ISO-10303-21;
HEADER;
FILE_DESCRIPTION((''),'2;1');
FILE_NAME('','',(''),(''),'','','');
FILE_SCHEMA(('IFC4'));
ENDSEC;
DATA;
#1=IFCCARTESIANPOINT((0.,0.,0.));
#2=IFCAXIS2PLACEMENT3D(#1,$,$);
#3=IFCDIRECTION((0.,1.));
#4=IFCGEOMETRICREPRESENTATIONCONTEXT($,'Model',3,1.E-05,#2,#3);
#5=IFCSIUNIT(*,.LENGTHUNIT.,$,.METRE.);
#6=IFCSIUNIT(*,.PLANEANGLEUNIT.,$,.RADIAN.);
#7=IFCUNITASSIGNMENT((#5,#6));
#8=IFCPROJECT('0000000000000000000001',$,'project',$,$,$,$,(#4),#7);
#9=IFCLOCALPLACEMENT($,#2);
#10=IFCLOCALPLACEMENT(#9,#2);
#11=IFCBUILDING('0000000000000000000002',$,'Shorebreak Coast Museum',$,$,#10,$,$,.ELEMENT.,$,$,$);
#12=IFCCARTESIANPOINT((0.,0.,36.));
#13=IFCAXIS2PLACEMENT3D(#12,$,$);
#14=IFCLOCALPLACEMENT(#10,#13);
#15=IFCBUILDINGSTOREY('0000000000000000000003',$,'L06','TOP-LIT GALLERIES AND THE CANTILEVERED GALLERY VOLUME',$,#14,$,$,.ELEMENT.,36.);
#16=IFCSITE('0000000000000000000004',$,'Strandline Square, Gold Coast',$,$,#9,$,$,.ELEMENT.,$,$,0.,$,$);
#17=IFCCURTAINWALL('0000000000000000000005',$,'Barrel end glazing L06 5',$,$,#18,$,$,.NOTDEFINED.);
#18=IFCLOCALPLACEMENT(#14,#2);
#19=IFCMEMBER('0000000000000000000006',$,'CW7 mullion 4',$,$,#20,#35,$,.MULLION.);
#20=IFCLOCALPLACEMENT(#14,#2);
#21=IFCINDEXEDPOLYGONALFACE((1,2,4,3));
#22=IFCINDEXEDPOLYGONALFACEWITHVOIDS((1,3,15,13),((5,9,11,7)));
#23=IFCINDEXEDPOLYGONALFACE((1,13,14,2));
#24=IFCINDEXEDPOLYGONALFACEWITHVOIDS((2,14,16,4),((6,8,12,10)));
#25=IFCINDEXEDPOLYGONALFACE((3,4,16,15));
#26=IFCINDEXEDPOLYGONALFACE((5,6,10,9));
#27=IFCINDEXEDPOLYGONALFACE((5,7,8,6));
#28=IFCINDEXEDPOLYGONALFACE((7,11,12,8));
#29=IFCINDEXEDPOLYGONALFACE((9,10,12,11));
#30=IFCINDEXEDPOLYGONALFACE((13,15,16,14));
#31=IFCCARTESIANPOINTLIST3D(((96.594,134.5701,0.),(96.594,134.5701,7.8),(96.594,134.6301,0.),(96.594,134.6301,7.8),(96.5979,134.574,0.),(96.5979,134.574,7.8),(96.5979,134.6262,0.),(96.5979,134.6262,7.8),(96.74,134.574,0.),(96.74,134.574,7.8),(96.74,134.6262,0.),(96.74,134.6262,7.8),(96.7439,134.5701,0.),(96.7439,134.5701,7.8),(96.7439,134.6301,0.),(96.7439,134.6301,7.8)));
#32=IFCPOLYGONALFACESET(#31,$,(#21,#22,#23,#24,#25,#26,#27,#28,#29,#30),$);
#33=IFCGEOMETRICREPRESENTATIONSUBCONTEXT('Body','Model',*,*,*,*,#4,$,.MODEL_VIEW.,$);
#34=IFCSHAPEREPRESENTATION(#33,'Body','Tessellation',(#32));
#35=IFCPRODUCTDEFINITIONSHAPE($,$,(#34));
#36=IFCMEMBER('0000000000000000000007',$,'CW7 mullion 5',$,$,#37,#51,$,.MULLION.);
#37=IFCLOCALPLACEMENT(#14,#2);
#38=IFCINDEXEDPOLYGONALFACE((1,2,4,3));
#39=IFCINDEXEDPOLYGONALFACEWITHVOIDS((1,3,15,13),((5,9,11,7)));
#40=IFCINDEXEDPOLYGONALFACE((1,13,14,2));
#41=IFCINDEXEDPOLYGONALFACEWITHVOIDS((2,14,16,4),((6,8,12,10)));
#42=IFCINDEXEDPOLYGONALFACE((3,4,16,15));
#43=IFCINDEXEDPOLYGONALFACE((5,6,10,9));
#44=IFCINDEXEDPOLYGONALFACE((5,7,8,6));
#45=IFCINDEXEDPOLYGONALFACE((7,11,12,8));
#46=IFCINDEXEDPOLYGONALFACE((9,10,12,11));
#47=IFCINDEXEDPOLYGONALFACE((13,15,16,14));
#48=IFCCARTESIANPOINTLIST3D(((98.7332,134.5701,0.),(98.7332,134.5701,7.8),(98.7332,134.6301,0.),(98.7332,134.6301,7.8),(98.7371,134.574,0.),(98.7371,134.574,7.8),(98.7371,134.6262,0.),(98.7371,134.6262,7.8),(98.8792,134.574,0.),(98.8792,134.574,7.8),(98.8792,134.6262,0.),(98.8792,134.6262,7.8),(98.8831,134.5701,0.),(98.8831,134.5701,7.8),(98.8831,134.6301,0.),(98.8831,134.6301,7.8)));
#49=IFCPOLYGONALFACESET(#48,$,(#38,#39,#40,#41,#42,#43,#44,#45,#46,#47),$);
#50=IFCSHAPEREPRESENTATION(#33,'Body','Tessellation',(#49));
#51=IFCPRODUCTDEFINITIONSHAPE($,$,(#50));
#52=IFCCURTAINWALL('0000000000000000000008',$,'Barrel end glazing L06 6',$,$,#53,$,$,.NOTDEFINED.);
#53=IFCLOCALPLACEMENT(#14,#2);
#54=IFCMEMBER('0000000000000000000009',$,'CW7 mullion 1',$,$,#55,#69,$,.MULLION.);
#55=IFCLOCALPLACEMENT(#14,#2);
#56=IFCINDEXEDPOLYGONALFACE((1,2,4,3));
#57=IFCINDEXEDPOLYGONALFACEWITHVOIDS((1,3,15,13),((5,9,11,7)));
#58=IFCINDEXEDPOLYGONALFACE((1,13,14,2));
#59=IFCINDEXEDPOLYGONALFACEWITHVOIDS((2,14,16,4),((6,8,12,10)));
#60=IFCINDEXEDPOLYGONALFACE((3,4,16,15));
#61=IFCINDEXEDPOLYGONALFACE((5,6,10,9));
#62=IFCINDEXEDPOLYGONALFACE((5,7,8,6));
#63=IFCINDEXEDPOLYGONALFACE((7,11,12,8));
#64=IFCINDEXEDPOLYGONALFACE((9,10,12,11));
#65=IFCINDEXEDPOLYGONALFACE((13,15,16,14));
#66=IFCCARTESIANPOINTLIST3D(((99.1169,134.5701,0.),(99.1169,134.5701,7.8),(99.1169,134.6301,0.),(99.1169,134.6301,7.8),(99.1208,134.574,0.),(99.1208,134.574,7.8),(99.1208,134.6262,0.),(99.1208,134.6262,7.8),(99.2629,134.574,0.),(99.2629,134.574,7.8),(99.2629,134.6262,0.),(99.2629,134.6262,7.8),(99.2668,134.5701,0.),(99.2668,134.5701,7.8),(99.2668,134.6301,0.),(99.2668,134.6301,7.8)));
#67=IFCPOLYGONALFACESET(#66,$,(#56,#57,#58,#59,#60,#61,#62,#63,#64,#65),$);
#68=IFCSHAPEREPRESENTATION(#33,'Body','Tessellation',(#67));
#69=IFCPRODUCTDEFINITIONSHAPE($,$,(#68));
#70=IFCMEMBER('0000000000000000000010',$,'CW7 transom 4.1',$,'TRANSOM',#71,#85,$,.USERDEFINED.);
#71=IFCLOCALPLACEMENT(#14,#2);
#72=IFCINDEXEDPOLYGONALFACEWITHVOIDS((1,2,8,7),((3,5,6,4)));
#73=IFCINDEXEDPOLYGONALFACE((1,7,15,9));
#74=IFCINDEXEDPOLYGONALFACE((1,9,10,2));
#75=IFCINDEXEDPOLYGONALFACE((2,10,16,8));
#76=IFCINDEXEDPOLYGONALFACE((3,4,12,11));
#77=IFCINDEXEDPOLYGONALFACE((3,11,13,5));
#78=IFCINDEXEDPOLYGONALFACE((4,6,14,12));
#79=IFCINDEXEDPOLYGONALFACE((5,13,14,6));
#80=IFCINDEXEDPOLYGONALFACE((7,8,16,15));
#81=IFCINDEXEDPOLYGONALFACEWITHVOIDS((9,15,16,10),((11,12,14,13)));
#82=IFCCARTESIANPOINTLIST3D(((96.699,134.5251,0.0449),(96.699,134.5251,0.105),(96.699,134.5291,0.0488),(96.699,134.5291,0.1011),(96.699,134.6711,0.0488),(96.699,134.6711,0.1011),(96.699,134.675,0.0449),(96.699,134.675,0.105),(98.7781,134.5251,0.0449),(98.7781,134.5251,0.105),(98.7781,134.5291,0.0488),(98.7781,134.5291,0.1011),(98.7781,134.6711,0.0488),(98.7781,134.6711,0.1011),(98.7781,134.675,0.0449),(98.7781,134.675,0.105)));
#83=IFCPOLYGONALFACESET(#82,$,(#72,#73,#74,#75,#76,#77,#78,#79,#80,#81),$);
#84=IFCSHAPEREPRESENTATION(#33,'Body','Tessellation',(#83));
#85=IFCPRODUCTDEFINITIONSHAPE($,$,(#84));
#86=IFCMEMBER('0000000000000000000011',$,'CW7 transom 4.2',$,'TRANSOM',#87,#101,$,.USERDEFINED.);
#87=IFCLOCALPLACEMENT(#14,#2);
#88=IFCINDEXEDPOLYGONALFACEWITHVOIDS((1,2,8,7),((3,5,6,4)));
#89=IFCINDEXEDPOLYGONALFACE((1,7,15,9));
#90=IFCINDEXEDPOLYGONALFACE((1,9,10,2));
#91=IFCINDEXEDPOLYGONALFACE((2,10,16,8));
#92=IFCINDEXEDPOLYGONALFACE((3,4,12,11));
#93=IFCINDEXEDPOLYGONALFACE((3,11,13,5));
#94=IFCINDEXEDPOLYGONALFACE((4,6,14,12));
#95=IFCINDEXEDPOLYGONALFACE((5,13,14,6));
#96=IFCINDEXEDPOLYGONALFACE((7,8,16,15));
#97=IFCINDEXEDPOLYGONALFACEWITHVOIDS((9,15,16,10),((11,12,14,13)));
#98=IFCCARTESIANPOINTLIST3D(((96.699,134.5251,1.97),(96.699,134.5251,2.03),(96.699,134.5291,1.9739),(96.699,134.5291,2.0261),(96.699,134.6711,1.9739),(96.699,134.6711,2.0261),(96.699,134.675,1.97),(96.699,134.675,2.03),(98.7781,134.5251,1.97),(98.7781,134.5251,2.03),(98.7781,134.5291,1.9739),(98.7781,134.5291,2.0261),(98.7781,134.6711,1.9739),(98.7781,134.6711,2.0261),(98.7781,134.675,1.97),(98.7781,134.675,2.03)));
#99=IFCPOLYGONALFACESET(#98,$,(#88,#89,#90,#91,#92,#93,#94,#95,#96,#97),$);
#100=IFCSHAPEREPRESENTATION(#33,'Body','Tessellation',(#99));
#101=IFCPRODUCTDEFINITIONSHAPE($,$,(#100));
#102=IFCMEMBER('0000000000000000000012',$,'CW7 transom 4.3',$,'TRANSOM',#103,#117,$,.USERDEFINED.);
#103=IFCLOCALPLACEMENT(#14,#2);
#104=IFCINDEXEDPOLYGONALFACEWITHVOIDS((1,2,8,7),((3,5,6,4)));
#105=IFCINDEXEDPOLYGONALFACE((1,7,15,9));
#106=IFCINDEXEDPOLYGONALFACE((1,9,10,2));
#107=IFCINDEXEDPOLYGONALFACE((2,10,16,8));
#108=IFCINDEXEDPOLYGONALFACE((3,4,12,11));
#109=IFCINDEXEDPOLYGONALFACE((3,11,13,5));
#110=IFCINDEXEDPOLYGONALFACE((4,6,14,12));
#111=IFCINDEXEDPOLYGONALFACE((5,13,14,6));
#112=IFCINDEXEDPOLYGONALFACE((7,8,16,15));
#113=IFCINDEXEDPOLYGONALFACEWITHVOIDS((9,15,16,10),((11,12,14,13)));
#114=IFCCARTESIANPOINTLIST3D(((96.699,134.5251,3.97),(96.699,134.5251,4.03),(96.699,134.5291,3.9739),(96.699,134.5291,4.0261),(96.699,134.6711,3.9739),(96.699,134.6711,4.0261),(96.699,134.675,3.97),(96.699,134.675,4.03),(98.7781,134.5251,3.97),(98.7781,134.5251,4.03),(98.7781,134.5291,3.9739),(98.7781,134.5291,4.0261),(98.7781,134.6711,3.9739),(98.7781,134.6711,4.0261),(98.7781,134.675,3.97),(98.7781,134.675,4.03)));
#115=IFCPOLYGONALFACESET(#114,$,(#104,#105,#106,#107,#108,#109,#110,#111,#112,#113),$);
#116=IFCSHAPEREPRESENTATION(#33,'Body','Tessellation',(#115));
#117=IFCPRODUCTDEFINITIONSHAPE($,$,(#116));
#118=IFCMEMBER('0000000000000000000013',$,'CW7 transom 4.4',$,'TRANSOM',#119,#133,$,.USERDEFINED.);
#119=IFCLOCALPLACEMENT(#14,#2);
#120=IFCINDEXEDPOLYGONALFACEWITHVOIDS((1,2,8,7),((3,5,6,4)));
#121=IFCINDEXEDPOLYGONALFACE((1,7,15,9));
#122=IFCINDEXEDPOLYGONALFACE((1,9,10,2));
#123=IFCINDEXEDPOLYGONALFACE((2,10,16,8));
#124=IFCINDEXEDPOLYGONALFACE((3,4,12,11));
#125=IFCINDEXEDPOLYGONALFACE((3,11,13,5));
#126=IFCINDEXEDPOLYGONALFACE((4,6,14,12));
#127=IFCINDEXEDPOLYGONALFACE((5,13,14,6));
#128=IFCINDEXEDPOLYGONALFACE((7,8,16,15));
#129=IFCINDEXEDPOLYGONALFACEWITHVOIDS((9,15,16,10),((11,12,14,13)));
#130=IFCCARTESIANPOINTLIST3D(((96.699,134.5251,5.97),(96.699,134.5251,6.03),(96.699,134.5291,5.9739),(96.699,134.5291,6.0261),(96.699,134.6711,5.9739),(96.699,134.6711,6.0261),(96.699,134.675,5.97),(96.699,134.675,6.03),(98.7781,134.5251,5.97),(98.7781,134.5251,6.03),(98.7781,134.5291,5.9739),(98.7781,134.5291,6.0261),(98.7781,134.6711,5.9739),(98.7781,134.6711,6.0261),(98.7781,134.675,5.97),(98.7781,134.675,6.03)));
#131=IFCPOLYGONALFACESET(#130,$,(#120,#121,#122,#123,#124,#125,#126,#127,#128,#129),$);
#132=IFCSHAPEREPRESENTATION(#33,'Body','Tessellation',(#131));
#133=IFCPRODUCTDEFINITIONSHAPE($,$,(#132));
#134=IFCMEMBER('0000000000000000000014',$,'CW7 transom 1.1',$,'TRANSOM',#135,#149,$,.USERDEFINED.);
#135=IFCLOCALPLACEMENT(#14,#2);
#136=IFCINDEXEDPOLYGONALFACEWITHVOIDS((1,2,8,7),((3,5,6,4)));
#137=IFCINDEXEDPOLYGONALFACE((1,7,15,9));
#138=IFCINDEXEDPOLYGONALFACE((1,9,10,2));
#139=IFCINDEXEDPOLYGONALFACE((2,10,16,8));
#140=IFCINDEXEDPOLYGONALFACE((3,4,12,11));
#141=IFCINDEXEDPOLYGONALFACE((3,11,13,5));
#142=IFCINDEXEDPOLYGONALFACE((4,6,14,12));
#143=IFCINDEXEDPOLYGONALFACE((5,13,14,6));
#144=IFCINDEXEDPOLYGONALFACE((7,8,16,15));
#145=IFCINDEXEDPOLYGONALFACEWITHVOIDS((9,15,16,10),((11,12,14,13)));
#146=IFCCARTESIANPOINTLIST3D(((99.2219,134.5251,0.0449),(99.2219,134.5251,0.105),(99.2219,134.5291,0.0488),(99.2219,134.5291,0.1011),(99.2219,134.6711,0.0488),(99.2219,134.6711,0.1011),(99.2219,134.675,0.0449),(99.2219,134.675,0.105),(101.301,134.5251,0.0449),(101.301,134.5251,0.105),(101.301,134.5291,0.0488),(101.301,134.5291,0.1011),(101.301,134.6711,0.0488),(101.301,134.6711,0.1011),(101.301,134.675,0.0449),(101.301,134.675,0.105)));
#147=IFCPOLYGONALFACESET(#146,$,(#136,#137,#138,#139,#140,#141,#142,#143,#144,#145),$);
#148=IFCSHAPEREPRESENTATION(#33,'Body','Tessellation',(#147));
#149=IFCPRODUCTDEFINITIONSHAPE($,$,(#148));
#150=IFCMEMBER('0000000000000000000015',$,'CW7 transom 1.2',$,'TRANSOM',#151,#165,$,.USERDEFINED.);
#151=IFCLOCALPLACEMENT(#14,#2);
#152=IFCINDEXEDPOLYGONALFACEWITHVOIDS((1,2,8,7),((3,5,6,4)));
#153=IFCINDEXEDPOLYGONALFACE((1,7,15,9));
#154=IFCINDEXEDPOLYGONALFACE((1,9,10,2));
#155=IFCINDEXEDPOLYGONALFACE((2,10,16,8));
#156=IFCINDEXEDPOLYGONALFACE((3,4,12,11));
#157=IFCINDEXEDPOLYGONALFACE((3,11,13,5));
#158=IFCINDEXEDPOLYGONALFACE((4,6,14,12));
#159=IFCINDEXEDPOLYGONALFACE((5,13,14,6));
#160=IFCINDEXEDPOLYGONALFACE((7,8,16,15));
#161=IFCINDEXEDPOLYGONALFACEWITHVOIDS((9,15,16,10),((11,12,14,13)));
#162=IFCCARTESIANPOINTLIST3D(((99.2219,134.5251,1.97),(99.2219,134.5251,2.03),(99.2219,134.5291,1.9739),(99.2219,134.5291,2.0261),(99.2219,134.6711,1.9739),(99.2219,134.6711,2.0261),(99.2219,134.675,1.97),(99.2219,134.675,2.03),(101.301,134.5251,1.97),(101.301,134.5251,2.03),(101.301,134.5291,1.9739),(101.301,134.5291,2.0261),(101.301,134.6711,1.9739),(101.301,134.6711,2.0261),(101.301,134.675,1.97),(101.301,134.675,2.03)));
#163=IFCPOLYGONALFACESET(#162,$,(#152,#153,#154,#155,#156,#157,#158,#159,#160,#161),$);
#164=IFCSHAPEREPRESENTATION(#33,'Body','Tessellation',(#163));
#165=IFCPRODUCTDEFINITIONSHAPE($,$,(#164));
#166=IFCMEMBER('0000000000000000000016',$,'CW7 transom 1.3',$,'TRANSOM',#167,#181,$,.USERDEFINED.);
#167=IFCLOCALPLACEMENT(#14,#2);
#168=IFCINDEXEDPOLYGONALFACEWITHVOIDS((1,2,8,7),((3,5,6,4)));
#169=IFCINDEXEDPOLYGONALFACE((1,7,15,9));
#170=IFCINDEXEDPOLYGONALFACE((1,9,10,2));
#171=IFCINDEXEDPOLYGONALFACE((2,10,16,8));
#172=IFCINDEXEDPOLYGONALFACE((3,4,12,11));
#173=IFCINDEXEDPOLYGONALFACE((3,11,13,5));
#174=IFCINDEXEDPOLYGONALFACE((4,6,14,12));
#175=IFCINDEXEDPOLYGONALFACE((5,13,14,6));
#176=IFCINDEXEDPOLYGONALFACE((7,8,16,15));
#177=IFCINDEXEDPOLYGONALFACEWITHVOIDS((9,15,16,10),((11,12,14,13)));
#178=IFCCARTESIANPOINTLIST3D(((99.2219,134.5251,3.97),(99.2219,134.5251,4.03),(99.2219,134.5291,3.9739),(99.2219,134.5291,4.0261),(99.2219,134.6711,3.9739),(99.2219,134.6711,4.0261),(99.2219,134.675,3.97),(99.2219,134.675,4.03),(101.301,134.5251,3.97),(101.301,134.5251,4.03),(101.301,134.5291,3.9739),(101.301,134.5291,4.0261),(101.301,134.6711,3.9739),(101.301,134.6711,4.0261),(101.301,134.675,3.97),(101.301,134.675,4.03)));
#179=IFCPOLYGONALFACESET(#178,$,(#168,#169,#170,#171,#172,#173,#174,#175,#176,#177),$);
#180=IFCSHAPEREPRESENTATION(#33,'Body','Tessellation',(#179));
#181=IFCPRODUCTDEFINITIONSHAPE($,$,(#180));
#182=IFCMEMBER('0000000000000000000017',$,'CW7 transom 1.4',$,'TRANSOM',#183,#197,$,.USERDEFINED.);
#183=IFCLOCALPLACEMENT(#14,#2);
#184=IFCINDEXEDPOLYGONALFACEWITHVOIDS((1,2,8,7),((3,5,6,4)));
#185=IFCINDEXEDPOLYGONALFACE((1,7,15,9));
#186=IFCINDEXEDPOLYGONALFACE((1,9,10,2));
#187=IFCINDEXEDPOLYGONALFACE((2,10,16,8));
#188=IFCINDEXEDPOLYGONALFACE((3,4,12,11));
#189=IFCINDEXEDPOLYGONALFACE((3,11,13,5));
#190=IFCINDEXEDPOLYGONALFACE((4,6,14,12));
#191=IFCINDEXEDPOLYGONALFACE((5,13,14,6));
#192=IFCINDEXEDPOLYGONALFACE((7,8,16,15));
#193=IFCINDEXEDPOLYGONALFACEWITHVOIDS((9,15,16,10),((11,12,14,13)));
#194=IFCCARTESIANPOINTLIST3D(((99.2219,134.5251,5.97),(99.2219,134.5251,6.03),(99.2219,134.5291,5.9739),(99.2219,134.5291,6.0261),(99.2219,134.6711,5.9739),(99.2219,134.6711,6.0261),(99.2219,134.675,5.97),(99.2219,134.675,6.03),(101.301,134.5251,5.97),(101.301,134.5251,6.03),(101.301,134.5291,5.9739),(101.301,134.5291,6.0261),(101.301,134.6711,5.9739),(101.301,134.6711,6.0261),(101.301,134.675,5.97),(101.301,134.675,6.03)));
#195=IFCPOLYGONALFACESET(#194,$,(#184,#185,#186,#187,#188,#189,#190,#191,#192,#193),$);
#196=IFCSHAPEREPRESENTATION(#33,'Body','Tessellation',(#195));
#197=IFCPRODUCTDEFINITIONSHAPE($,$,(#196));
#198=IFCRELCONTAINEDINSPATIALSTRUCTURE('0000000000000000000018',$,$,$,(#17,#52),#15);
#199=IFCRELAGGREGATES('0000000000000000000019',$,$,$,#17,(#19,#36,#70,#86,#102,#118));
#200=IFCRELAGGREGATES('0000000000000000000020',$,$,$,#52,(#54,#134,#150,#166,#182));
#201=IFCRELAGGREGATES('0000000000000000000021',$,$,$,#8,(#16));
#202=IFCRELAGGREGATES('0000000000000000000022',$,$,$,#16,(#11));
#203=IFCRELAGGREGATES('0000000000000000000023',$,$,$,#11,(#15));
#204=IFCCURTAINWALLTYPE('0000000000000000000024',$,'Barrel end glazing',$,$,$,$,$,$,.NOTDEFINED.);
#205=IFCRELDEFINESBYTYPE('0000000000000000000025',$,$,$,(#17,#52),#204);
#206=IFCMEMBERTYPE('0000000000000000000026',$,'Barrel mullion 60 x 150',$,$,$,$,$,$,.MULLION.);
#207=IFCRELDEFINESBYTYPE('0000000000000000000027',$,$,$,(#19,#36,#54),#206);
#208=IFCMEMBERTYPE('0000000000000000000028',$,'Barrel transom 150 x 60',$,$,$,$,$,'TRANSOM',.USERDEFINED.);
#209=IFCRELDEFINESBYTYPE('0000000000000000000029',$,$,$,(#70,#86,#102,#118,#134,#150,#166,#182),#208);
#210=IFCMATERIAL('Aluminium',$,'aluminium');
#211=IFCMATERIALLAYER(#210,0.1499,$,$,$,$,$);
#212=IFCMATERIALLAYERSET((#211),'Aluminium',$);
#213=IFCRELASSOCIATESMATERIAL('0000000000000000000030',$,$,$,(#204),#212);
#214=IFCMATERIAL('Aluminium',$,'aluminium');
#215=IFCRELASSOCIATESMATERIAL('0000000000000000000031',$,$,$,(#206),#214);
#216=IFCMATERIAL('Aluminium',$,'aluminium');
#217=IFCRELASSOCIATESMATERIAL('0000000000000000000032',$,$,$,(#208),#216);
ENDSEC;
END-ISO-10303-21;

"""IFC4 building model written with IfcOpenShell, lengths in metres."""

from ifc_helpers import new_model, si_unit, direction, frame, origin, origin_2d, place, context, subcontext, project, spatial, hollow_rectangle, extrude, material, layer, layer_set, material_profile, profile_set, type_object, element, aggregate, save


model = new_model("IFC4")

# Units and contexts
model_context = context("Model", 3, precision=1e-05, world=origin(), true_north=direction((0.0, 1.0)))
body_context = subcontext(model_context, "Body", "Model", "MODEL_VIEW")
ifc_project = project(units=[si_unit("LENGTHUNIT", "METRE"), si_unit("PLANEANGLEUNIT", "RADIAN")], contexts=[model_context])

# Site, building, storey
site_placement = place(None, origin())
site = spatial("IfcSite", under=ifc_project, at=site_placement, Name="Strandline Square, Gold Coast", CompositionType="ELEMENT", RefElevation=0.0)
building_placement = place(site_placement, origin())
building = spatial("IfcBuilding", under=site, at=building_placement, Name="Shorebreak Coast Museum", CompositionType="ELEMENT")
storey_placement = place(building_placement, frame((0.0, 0.0, 36.0)))
storey = spatial("IfcBuildingStorey", under=building, at=storey_placement, Name="L06", Description="TOP-LIT GALLERIES AND THE CANTILEVERED GALLERY VOLUME", CompositionType="ELEMENT", Elevation=36.0)

# Curtain wall, members
ifc_material_1 = material(Name="Aluminium", Category="aluminium")
ifc_layer_1 = layer(ifc_material_1, 0.1499)
ifc_layer_set_1 = layer_set([ifc_layer_1], Name="Aluminium")
curtain_wall_type = type_object("IfcCurtainWallType", Name="Barrel end glazing", PredefinedType="NOTDEFINED", material=ifc_layer_set_1)
curtain_wall_1_placement = place(storey_placement, origin())
curtain_wall_1 = element("IfcCurtainWall", 1, at=curtain_wall_1_placement, inside=storey, type_object=curtain_wall_type, Name="Barrel end glazing L06 5", PredefinedType="NOTDEFINED")
ifc_material_2 = material(Name="Aluminium", Category="aluminium")
ifc_material_profile_1 = material_profile(ifc_material_2, hollow_rectangle(XDim=0.0601, YDim=0.1499, WallThickness=0.0039, at=origin_2d()), Name="AL 150x60 RHS")
ifc_profile_set_1 = profile_set([ifc_material_profile_1], Name="Aluminium")
member_type_1 = type_object("IfcMemberType", Name="Barrel mullion 60 x 150", PredefinedType="MULLION", material=ifc_profile_set_1)
member_1_placement = place(storey_placement, frame((96.6689, 134.6001, 0.0), z_axis=(0.0, 0.0, 1.0), x_axis=(0.0, 1.0, 0.0)))
member_1 = element("IfcMember", 2, at=member_1_placement, type_object=member_type_1, Name="CW7 mullion 4", PredefinedType="MULLION", context=body_context, shape_type="SweptSolid", body=[
    extrude(hollow_rectangle(XDim=0.0601, YDim=0.1499, WallThickness=0.0039, at=origin_2d()), origin(), (0.0, 0.0, 1.0), 7.8),
])
member_2_placement = place(storey_placement, frame((98.8081, 134.6001, 0.0), z_axis=(0.0, 0.0, 1.0), x_axis=(0.0, 1.0, 0.0)))
member_2 = element("IfcMember", 3, at=member_2_placement, type_object=member_type_1, Name="CW7 mullion 5", PredefinedType="MULLION", context=body_context, shape_type="SweptSolid", body=[
    extrude(hollow_rectangle(XDim=0.0601, YDim=0.1499, WallThickness=0.0039, at=origin_2d()), origin(), (0.0, 0.0, 1.0), 7.8),
])

# Curtain wall, member
curtain_wall_2_placement = place(storey_placement, origin())
curtain_wall_2 = element("IfcCurtainWall", 4, at=curtain_wall_2_placement, inside=storey, type_object=curtain_wall_type, Name="Barrel end glazing L06 6", PredefinedType="NOTDEFINED")
member_3_placement = place(storey_placement, frame((99.1919, 134.6001, 0.0), z_axis=(0.0, 0.0, 1.0), x_axis=(0.0, 1.0, 0.0)))
member_3 = element("IfcMember", 5, at=member_3_placement, type_object=member_type_1, Name="CW7 mullion 1", PredefinedType="MULLION", context=body_context, shape_type="SweptSolid", body=[
    extrude(hollow_rectangle(XDim=0.0601, YDim=0.1499, WallThickness=0.0039, at=origin_2d()), origin(), (0.0, 0.0, 1.0), 7.8),
])

# Members
ifc_material_3 = material(Name="Aluminium", Category="aluminium")
ifc_material_profile_2 = material_profile(ifc_material_3, hollow_rectangle(XDim=0.1499, YDim=0.0601, WallThickness=0.0039, at=origin_2d()), Name="AL 60x150 RHS")
ifc_profile_set_2 = profile_set([ifc_material_profile_2], Name="Aluminium")
member_type_2 = type_object("IfcMemberType", Name="Barrel transom 150 x 60", ElementType="TRANSOM", PredefinedType="USERDEFINED", material=ifc_profile_set_2)
member_4_placement = place(storey_placement, frame((96.699, 134.6001, 0.075), z_axis=(1.0, 0.0, 0.0), x_axis=(0.0, 1.0, 0.0)))
member_4 = element("IfcMember", 6, at=member_4_placement, type_object=member_type_2, Name="CW7 transom 4.1", ObjectType="TRANSOM", PredefinedType="USERDEFINED", context=body_context, shape_type="SweptSolid", body=[
    extrude(hollow_rectangle(XDim=0.1499, YDim=0.0601, WallThickness=0.0039, at=origin_2d()), origin(), (0.0, 0.0, 1.0), 2.0791),
])
member_5_placement = place(storey_placement, frame((96.699, 134.6001, 2.0), z_axis=(1.0, 0.0, 0.0), x_axis=(0.0, 1.0, 0.0)))
member_5 = element("IfcMember", 7, at=member_5_placement, type_object=member_type_2, Name="CW7 transom 4.2", ObjectType="TRANSOM", PredefinedType="USERDEFINED", context=body_context, shape_type="SweptSolid", body=[
    extrude(hollow_rectangle(XDim=0.1499, YDim=0.0601, WallThickness=0.0039, at=origin_2d()), origin(), (0.0, 0.0, 1.0), 2.0791),
])
member_6_placement = place(storey_placement, frame((96.699, 134.6001, 4.0), z_axis=(1.0, 0.0, 0.0), x_axis=(0.0, 1.0, 0.0)))
member_6 = element("IfcMember", 8, at=member_6_placement, type_object=member_type_2, Name="CW7 transom 4.3", ObjectType="TRANSOM", PredefinedType="USERDEFINED", context=body_context, shape_type="SweptSolid", body=[
    extrude(hollow_rectangle(XDim=0.1499, YDim=0.0601, WallThickness=0.0039, at=origin_2d()), origin(), (0.0, 0.0, 1.0), 2.0791),
])
member_7_placement = place(storey_placement, frame((96.699, 134.6001, 6.0), z_axis=(1.0, 0.0, 0.0), x_axis=(0.0, 1.0, 0.0)))
member_7 = element("IfcMember", 9, at=member_7_placement, type_object=member_type_2, Name="CW7 transom 4.4", ObjectType="TRANSOM", PredefinedType="USERDEFINED", context=body_context, shape_type="SweptSolid", body=[
    extrude(hollow_rectangle(XDim=0.1499, YDim=0.0601, WallThickness=0.0039, at=origin_2d()), origin(), (0.0, 0.0, 1.0), 2.0791),
])
member_8_placement = place(storey_placement, frame((99.2219, 134.6001, 0.075), z_axis=(1.0, 0.0, 0.0), x_axis=(0.0, 1.0, 0.0)))
member_8 = element("IfcMember", 10, at=member_8_placement, type_object=member_type_2, Name="CW7 transom 1.1", ObjectType="TRANSOM", PredefinedType="USERDEFINED", context=body_context, shape_type="SweptSolid", body=[
    extrude(hollow_rectangle(XDim=0.1499, YDim=0.0601, WallThickness=0.0039, at=origin_2d()), origin(), (0.0, 0.0, 1.0), 2.0791),
])
member_9_placement = place(storey_placement, frame((99.2219, 134.6001, 2.0), z_axis=(1.0, 0.0, 0.0), x_axis=(0.0, 1.0, 0.0)))
member_9 = element("IfcMember", 11, at=member_9_placement, type_object=member_type_2, Name="CW7 transom 1.2", ObjectType="TRANSOM", PredefinedType="USERDEFINED", context=body_context, shape_type="SweptSolid", body=[
    extrude(hollow_rectangle(XDim=0.1499, YDim=0.0601, WallThickness=0.0039, at=origin_2d()), origin(), (0.0, 0.0, 1.0), 2.0791),
])
member_10_placement = place(storey_placement, frame((99.2219, 134.6001, 4.0), z_axis=(1.0, 0.0, 0.0), x_axis=(0.0, 1.0, 0.0)))
member_10 = element("IfcMember", 12, at=member_10_placement, type_object=member_type_2, Name="CW7 transom 1.3", ObjectType="TRANSOM", PredefinedType="USERDEFINED", context=body_context, shape_type="SweptSolid", body=[
    extrude(hollow_rectangle(XDim=0.1499, YDim=0.0601, WallThickness=0.0039, at=origin_2d()), origin(), (0.0, 0.0, 1.0), 2.0791),
])
member_11_placement = place(storey_placement, frame((99.2219, 134.6001, 6.0), z_axis=(1.0, 0.0, 0.0), x_axis=(0.0, 1.0, 0.0)))
member_11 = element("IfcMember", 13, at=member_11_placement, type_object=member_type_2, Name="CW7 transom 1.4", ObjectType="TRANSOM", PredefinedType="USERDEFINED", context=body_context, shape_type="SweptSolid", body=[
    extrude(hollow_rectangle(XDim=0.1499, YDim=0.0601, WallThickness=0.0039, at=origin_2d()), origin(), (0.0, 0.0, 1.0), 2.0791),
])

aggregate(curtain_wall_1, [member_1, member_2, member_4, member_5, member_6, member_7])
aggregate(curtain_wall_2, [member_3, member_8, member_9, member_10, member_11])

save(model, "model.ifc")
